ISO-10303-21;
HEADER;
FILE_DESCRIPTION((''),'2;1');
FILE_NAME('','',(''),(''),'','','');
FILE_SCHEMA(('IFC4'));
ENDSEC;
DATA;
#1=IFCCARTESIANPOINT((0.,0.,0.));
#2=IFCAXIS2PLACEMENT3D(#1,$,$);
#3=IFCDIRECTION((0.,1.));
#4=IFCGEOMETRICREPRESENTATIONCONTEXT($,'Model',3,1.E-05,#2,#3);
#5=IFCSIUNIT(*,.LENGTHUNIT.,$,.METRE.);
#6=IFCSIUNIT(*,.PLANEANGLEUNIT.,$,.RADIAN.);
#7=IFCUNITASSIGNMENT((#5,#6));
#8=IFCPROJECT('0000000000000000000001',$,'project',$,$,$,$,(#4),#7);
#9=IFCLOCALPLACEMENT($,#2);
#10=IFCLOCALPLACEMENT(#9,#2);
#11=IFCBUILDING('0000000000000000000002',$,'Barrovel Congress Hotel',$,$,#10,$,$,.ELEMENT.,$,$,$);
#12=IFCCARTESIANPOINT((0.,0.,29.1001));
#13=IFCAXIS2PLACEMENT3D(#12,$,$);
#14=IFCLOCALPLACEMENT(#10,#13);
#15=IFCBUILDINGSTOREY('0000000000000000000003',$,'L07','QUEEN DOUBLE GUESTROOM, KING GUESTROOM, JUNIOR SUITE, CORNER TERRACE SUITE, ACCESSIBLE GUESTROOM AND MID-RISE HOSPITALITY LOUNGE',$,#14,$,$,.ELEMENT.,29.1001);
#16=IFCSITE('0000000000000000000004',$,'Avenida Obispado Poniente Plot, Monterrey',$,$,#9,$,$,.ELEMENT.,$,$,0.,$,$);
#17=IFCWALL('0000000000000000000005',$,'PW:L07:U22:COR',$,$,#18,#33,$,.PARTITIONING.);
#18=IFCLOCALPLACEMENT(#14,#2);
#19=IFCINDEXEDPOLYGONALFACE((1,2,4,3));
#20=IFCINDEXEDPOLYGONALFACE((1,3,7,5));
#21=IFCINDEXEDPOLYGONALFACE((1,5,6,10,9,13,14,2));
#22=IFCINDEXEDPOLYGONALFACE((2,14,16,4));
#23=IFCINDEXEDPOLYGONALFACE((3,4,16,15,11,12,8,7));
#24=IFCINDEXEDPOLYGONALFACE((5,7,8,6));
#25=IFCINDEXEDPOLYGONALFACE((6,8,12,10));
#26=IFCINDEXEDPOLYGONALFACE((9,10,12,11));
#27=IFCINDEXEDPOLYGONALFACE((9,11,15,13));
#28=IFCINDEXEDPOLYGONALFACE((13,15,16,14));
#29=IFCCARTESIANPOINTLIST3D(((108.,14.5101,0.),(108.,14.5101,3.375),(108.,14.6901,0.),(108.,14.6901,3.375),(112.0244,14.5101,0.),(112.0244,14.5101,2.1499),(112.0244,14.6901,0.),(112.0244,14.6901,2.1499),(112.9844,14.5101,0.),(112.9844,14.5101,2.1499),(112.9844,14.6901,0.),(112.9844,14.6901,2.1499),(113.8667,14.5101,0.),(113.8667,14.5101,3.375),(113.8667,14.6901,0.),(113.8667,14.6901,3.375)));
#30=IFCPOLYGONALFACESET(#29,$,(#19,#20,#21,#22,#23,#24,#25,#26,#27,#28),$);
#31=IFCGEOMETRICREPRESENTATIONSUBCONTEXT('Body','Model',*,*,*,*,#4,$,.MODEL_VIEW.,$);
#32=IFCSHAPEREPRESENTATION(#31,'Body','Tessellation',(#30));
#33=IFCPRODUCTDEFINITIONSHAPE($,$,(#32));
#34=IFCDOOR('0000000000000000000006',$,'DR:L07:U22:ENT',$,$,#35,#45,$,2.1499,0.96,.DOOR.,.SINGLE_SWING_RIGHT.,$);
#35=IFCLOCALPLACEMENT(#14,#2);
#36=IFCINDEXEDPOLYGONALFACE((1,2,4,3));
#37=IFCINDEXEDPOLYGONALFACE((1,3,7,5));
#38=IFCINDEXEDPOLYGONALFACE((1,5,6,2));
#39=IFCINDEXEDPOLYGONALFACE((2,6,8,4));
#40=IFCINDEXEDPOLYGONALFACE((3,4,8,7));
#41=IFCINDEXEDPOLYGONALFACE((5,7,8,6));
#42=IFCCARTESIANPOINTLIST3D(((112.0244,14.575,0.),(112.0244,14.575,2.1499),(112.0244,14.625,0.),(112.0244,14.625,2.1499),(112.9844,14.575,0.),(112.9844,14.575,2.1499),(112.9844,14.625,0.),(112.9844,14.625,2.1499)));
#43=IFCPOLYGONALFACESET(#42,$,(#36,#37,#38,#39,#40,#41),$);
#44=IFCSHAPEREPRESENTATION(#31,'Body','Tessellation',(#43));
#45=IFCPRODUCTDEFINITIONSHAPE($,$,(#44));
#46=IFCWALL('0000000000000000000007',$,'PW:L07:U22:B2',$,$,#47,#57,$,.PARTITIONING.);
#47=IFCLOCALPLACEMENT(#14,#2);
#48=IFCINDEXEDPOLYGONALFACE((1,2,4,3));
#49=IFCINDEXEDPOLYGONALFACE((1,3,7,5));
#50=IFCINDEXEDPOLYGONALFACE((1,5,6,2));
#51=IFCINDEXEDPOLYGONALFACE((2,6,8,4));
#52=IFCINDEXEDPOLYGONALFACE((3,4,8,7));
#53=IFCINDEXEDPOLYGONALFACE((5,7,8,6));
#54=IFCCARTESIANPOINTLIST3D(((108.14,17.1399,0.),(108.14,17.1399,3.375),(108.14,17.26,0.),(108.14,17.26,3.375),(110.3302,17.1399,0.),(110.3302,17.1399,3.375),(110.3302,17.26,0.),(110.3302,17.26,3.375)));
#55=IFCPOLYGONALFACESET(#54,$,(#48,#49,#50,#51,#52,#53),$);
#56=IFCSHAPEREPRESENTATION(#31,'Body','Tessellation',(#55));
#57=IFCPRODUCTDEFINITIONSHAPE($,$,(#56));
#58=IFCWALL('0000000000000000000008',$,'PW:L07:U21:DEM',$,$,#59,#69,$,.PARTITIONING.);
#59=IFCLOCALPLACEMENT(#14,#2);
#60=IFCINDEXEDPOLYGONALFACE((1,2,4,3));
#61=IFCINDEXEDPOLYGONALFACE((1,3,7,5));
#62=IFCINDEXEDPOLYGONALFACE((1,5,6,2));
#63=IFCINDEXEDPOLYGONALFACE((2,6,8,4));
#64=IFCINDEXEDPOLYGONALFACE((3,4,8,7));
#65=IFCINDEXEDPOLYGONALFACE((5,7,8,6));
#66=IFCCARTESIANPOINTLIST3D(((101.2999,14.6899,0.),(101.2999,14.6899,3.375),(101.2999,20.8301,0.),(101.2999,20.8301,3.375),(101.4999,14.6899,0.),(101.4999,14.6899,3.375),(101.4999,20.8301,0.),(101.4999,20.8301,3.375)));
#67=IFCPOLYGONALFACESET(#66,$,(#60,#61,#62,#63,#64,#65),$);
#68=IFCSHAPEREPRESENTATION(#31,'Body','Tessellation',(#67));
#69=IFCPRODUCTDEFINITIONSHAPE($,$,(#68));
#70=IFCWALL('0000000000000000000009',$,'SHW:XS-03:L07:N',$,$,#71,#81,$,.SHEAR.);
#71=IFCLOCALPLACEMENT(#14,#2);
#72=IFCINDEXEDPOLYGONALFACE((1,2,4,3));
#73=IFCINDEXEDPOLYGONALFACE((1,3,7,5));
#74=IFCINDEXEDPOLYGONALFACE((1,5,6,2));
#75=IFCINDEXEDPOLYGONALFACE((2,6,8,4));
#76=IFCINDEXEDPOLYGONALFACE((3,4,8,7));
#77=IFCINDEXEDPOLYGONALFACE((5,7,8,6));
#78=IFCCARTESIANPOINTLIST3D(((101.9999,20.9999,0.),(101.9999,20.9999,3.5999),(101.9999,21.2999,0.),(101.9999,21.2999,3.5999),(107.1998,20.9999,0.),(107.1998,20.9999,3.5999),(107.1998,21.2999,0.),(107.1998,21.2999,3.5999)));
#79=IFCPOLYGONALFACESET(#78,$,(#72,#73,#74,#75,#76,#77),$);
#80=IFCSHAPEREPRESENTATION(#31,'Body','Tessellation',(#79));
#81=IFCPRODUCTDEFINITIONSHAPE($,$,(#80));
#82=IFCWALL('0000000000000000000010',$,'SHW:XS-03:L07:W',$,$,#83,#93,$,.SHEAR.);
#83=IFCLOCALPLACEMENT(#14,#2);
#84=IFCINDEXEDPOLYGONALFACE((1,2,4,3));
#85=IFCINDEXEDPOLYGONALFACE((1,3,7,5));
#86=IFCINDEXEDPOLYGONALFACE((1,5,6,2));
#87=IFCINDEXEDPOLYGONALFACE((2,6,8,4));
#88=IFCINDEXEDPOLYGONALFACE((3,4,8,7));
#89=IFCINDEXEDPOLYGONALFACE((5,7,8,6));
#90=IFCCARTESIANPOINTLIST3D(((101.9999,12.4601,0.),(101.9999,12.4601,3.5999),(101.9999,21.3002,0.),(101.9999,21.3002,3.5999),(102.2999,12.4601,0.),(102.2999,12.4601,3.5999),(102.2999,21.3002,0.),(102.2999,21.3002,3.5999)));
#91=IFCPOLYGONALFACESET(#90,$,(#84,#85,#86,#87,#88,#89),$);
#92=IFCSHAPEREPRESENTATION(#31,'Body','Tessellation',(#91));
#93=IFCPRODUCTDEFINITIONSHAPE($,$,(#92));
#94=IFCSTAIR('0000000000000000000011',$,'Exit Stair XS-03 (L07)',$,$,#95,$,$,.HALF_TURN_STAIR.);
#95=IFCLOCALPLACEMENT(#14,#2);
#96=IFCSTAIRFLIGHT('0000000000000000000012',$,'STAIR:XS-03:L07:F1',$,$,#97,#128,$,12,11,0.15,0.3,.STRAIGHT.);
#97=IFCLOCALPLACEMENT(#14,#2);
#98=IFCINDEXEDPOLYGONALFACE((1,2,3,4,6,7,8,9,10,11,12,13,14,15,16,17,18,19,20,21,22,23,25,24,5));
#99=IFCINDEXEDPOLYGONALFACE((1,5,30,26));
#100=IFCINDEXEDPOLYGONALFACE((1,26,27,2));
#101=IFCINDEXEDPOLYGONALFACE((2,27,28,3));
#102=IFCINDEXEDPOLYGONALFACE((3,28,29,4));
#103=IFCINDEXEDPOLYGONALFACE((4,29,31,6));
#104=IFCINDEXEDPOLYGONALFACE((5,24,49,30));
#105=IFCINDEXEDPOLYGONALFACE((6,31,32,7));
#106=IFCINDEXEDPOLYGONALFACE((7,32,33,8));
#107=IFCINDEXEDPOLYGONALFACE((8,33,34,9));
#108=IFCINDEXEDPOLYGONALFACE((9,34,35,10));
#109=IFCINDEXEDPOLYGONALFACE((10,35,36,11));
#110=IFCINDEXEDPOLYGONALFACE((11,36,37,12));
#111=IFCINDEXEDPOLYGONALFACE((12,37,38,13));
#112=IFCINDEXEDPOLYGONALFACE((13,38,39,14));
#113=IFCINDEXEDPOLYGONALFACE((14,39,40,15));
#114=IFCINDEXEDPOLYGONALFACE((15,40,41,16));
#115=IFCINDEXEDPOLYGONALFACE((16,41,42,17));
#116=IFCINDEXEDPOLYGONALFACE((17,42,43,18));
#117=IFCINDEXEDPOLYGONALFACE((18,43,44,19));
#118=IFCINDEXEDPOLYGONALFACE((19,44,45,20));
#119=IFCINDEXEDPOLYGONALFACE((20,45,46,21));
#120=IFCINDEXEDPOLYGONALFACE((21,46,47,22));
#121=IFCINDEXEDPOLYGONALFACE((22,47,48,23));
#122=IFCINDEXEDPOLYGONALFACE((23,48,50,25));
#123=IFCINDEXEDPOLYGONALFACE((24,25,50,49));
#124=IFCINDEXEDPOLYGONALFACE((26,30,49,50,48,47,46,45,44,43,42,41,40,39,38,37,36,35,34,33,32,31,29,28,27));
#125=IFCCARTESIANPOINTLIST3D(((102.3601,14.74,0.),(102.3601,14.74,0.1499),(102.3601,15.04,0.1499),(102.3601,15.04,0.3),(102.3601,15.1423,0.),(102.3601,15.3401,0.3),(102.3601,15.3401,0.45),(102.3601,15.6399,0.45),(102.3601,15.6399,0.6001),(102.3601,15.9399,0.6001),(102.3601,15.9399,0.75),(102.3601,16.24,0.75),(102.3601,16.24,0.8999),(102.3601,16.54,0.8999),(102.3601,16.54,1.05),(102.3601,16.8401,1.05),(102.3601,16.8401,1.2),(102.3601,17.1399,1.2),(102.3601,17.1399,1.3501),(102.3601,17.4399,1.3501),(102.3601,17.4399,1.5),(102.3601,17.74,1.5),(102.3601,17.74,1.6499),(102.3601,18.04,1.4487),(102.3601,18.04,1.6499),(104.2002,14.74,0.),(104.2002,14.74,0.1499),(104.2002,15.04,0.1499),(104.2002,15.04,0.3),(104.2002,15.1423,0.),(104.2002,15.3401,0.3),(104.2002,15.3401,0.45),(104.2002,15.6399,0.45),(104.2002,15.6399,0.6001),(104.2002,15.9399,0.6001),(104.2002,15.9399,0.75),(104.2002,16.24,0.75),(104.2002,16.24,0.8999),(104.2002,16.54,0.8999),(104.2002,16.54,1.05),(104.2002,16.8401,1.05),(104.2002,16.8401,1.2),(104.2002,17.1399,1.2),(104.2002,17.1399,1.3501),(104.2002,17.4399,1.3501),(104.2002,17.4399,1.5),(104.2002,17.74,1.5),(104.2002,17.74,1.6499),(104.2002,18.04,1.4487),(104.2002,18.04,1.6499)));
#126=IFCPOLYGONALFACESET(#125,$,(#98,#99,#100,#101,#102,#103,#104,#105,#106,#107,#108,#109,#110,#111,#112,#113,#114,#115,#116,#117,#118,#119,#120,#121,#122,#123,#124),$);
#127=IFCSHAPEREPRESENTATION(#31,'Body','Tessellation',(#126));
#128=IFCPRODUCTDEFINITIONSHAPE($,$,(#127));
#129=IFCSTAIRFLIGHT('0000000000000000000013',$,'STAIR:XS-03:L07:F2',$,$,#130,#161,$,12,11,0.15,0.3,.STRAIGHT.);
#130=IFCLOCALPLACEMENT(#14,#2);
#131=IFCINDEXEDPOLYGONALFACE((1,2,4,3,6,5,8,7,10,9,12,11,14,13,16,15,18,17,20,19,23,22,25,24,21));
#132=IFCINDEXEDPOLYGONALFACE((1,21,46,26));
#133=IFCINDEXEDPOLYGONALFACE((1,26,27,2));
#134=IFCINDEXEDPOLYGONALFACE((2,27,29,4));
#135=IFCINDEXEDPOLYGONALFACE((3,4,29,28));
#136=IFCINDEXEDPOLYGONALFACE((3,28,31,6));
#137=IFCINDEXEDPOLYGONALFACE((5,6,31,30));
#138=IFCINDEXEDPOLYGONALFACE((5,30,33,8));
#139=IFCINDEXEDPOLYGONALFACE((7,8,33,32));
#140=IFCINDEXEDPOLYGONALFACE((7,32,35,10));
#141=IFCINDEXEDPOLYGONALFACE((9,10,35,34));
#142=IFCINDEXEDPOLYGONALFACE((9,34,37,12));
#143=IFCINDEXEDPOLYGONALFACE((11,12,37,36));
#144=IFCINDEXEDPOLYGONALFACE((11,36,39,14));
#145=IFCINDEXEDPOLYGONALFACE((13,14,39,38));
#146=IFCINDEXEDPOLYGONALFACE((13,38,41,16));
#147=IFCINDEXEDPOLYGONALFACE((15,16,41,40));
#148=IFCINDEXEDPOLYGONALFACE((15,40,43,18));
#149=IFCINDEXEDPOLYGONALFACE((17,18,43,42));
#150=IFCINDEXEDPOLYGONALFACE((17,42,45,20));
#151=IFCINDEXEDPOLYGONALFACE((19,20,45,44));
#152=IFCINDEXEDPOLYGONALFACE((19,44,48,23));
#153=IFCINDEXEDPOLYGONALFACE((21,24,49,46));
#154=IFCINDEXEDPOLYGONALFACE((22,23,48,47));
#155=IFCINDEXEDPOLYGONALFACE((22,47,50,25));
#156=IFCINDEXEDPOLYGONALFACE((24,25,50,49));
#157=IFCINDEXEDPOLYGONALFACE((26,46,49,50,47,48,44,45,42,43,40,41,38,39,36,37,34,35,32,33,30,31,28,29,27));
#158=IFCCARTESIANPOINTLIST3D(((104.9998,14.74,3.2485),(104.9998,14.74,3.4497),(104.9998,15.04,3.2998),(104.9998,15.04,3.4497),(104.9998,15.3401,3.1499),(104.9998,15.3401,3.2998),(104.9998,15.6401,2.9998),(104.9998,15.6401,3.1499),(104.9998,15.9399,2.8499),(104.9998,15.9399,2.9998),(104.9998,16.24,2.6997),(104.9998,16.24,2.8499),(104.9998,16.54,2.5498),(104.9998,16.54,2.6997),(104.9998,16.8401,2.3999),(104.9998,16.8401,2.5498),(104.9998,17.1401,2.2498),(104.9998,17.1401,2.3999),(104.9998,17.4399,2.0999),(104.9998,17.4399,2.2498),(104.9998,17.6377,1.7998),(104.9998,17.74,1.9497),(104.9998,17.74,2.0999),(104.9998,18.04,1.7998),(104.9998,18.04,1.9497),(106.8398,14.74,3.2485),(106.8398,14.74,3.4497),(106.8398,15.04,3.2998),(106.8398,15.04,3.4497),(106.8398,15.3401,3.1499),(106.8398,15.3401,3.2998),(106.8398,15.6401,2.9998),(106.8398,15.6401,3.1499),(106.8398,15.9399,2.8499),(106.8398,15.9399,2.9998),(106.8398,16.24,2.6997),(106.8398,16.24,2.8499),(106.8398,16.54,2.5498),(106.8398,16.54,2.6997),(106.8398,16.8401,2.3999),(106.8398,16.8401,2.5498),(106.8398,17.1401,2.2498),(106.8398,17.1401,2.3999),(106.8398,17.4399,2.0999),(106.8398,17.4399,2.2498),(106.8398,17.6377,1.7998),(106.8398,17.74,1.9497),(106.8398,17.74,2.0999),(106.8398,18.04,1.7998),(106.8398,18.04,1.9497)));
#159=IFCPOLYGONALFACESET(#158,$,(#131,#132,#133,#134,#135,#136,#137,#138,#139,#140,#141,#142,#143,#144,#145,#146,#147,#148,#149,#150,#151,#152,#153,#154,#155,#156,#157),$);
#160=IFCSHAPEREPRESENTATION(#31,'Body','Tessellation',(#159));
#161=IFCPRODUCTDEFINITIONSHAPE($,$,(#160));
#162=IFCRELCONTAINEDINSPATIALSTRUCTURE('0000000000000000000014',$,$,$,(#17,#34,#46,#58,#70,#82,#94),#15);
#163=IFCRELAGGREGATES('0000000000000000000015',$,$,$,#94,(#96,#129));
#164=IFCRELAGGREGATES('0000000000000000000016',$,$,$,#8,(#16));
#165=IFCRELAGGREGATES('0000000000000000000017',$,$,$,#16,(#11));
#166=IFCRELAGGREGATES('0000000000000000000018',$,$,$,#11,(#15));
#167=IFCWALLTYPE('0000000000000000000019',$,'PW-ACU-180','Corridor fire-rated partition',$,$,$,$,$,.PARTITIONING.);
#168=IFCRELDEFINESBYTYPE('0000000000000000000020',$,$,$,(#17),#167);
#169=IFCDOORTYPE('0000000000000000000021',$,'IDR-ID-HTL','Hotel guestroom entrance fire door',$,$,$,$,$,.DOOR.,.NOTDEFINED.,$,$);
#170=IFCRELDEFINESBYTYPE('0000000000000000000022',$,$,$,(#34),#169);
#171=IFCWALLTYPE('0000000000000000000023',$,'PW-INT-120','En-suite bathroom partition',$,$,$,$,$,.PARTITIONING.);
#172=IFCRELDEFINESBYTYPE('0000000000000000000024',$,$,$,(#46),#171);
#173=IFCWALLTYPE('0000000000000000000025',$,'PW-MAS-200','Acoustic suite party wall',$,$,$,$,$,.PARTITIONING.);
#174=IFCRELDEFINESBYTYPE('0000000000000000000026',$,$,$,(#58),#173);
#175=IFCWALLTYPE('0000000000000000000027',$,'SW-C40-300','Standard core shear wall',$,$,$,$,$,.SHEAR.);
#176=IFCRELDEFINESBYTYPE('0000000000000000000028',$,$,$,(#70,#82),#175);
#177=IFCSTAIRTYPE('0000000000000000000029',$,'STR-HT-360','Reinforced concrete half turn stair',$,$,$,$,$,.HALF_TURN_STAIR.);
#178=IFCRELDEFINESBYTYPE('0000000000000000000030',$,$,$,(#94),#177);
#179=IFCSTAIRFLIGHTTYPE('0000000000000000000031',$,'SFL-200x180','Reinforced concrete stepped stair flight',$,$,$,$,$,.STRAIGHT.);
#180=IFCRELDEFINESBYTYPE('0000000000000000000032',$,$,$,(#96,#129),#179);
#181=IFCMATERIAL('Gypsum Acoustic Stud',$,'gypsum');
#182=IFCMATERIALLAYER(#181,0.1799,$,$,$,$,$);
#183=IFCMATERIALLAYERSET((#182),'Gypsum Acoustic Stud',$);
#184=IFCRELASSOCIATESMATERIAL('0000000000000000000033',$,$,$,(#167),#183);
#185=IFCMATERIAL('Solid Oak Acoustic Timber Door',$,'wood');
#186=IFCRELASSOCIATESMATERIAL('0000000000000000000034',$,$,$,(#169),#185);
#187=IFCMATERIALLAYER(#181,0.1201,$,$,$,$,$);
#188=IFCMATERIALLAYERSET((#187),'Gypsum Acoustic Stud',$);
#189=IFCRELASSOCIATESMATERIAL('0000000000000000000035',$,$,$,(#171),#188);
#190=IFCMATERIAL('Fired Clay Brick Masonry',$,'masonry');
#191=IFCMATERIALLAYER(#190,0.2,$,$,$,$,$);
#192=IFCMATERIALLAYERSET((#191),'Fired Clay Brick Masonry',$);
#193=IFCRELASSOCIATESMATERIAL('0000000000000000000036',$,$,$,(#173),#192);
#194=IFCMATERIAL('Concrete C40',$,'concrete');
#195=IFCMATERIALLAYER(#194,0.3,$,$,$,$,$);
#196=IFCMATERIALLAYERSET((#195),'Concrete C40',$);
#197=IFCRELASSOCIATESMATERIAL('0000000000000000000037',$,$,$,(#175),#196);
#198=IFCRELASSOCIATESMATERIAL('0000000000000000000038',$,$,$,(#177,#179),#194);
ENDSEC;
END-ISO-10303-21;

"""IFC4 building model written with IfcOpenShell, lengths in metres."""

from ifc_helpers import new_model, si_unit, direction, frame, frame_2d, origin, place, context, subcontext, project, spatial, polyline, rectangle, outline, extrude, material, layer, layer_set, type_object, element, fill, aggregate, save


model = new_model("IFC4")

# Units and contexts
model_context = context("Model", 3, precision=1e-05, world=origin(), true_north=direction((0.0, 1.0)))
body_context = subcontext(model_context, "Body", "Model", "MODEL_VIEW")
ifc_project = project(units=[si_unit("LENGTHUNIT", "METRE"), si_unit("PLANEANGLEUNIT", "RADIAN")], contexts=[model_context])

# Site, building, storey
site_placement = place(None, origin())
site = spatial("IfcSite", under=ifc_project, at=site_placement, Name="Avenida Obispado Poniente Plot, Monterrey", CompositionType="ELEMENT", RefElevation=0.0)
building_placement = place(site_placement, origin())
building = spatial("IfcBuilding", under=site, at=building_placement, Name="Barrovel Congress Hotel", CompositionType="ELEMENT")
storey_placement = place(building_placement, frame((0.0, 0.0, 29.1001)))
storey = spatial("IfcBuildingStorey", under=building, at=storey_placement, Name="L07", Description="QUEEN DOUBLE GUESTROOM, KING GUESTROOM, JUNIOR SUITE, CORNER TERRACE SUITE, ACCESSIBLE GUESTROOM AND MID-RISE HOSPITALITY LOUNGE", CompositionType="ELEMENT", Elevation=29.1001)

# Shared definitions
ifc_material_1 = material(Name="Concrete C40", Category="concrete")

# Shared definitions
ifc_material_2 = material(Name="Fired Clay Brick Masonry", Category="masonry")

# Wall, opening, door
ifc_material_3 = material(Name="Gypsum Acoustic Stud", Category="gypsum")
ifc_layer_1 = layer(ifc_material_3, 0.1799)
ifc_layer_set_1 = layer_set([ifc_layer_1], Name="Gypsum Acoustic Stud")
wall_type_1 = type_object("IfcWallType", Name="PW-ACU-180", Description="Corridor fire-rated partition", PredefinedType="PARTITIONING", material=ifc_layer_set_1)
wall_1_placement = place(storey_placement, frame((108.0, 14.6001, 0.0), z_axis=(0.0, 0.0, 1.0), x_axis=(1.0, 0.0, 0.0)))
wall_1 = element("IfcWall", 1, at=wall_1_placement, inside=storey, type_object=wall_type_1, Name="PW:L07:U22:COR", PredefinedType="PARTITIONING", context=body_context, shape_type="SweptSolid", body=[
    extrude(rectangle(XDim=5.8667, YDim=0.1799, at=frame_2d((2.9333, 0.0))), origin(), (0.0, 0.0, 1.0), 3.375),
])
opening_1_placement = place(wall_1_placement, frame((4.0244, 0.0, 0.0)))
opening_1 = element("IfcOpeningElement", 2, at=opening_1_placement, cuts=wall_1, PredefinedType="OPENING", context=body_context, shape_type="SweptSolid", body=[
    extrude(rectangle(XDim=0.96, YDim=2.1499, at=frame_2d((0.48, 1.075))), frame((0.0, 0.1001, 0.0), z_axis=(0.0, -1.0, 0.0), x_axis=(1.0, 0.0, 0.0)), (0.0, 0.0, 1.0), 0.2),
])
ifc_material_4 = material(Name="Solid Oak Acoustic Timber Door", Category="wood")
door_type = type_object("IfcDoorType", Name="IDR-ID-HTL", Description="Hotel guestroom entrance fire door", OperationType="NOTDEFINED", PredefinedType="DOOR", material=ifc_material_4)
door_placement = place(opening_1_placement, origin())
door = element("IfcDoor", 3, at=door_placement, inside=storey, type_object=door_type, Name="DR:L07:U22:ENT", OperationType="SINGLE_SWING_RIGHT", OverallHeight=2.1499, OverallWidth=0.96, PredefinedType="DOOR", context=body_context, shape_type="SweptSolid", body=[
    extrude(rectangle(XDim=0.96, YDim=2.1499, at=frame_2d((0.48, 1.075))), frame((0.0, 0.0249, 0.0), z_axis=(0.0, -1.0, 0.0), x_axis=(1.0, 0.0, 0.0)), (0.0, 0.0, 1.0), 0.05),
])
fill(opening_1, door)

# Walls
ifc_layer_2 = layer(ifc_material_3, 0.1201)
ifc_layer_set_2 = layer_set([ifc_layer_2], Name="Gypsum Acoustic Stud")
wall_type_2 = type_object("IfcWallType", Name="PW-INT-120", Description="En-suite bathroom partition", PredefinedType="PARTITIONING", material=ifc_layer_set_2)
wall_2_placement = place(storey_placement, frame((108.1399, 17.2, 0.0), z_axis=(0.0, 0.0, 1.0), x_axis=(1.0, 0.0, 0.0)))
element("IfcWall", 4, at=wall_2_placement, inside=storey, type_object=wall_type_2, Name="PW:L07:U22:B2", PredefinedType="PARTITIONING", context=body_context, shape_type="SweptSolid", body=[
    extrude(rectangle(XDim=2.1902, YDim=0.1201, at=frame_2d((1.0952, 0.0))), origin(), (0.0, 0.0, 1.0), 3.375),
])
ifc_layer_3 = layer(ifc_material_2, 0.2)
ifc_layer_set_3 = layer_set([ifc_layer_3], Name="Fired Clay Brick Masonry")
wall_type_3 = type_object("IfcWallType", Name="PW-MAS-200", Description="Acoustic suite party wall", PredefinedType="PARTITIONING", material=ifc_layer_set_3)
wall_3_placement = place(storey_placement, frame((101.3999, 14.6899, 0.0), z_axis=(0.0, 0.0, 1.0), x_axis=(0.0, 1.0, 0.0)))
element("IfcWall", 5, at=wall_3_placement, inside=storey, type_object=wall_type_3, Name="PW:L07:U21:DEM", PredefinedType="PARTITIONING", context=body_context, shape_type="SweptSolid", body=[
    extrude(rectangle(XDim=6.1401, YDim=0.2, at=frame_2d((3.0701, 0.0))), origin(), (0.0, 0.0, 1.0), 3.375),
])
ifc_layer_4 = layer(ifc_material_1, 0.3)
ifc_layer_set_4 = layer_set([ifc_layer_4], Name="Concrete C40")
wall_type_4 = type_object("IfcWallType", Name="SW-C40-300", Description="Standard core shear wall", PredefinedType="SHEAR", material=ifc_layer_set_4)
wall_4_placement = place(storey_placement, frame((107.2, 21.1499, 0.0), z_axis=(0.0, 0.0, 1.0), x_axis=(-1.0, 0.0, 0.0)))
element("IfcWall", 6, at=wall_4_placement, inside=storey, type_object=wall_type_4, Name="SHW:XS-03:L07:N", PredefinedType="SHEAR", context=body_context, shape_type="SweptSolid", body=[
    extrude(rectangle(XDim=5.2, YDim=0.3, at=frame_2d((2.6001, 0.0))), origin(), (0.0, 0.0, 1.0), 3.5999),
])
wall_5_placement = place(storey_placement, frame((102.1499, 21.3, 0.0), z_axis=(0.0, 0.0, 1.0), x_axis=(0.0, -1.0, 0.0)))
element("IfcWall", 7, at=wall_5_placement, inside=storey, type_object=wall_type_4, Name="SHW:XS-03:L07:W", PredefinedType="SHEAR", context=body_context, shape_type="SweptSolid", body=[
    extrude(rectangle(XDim=8.8401, YDim=0.3, at=frame_2d((4.4199, 0.0))), origin(), (0.0, 0.0, 1.0), 3.5999),
])

# Stair, stair flights
stair_type = type_object("IfcStairType", Name="STR-HT-360", Description="Reinforced concrete half turn stair", PredefinedType="HALF_TURN_STAIR", material=ifc_material_1)
stair_placement = place(storey_placement, origin())
stair = element("IfcStair", 8, at=stair_placement, inside=storey, type_object=stair_type, Name="Exit Stair XS-03 (L07)", PredefinedType="HALF_TURN_STAIR")
stair_flight_type = type_object("IfcStairFlightType", Name="SFL-200x180", Description="Reinforced concrete stepped stair flight", PredefinedType="STRAIGHT", material=ifc_material_1)
stair_flight_1_placement = place(storey_placement, frame((103.28, 14.74, 0.0), z_axis=(0.0, 0.0, 1.0), x_axis=(0.0, 1.0, 0.0)))
stair_flight_1 = element("IfcStairFlight", 9, at=stair_flight_1_placement, type_object=stair_flight_type, Name="STAIR:XS-03:L07:F1", NumberOfRisers=12, NumberOfTreads=11, PredefinedType="STRAIGHT", RiserHeight=0.15, TreadLength=0.3, context=body_context, shape_type="SweptSolid", body=[
    extrude(outline(polyline([(0.0, 0.0), (0.0, 0.1499), (0.3, 0.1499), (0.3, 0.3), (0.6001, 0.3), (0.6001, 0.45), (0.8999, 0.45), (0.8999, 0.6001), (1.2, 0.6001), (1.2, 0.75), (1.5, 0.75), (1.5, 0.8999), (1.8, 0.8999), (1.8, 1.05), (2.1001, 1.05), (2.1001, 1.2), (2.3999, 1.2), (2.3999, 1.3501), (2.7, 1.3501), (2.7, 1.5), (3.0, 1.5), (3.0, 1.6499), (3.3, 1.6499), (3.3, 1.8), (3.3, 1.4487), (0.4023, 0.0), (0.0, 0.0)])), frame((0.0, 0.9199, 0.0), z_axis=(0.0, -1.0, 0.0), x_axis=(1.0, 0.0, 0.0)), (0.0, 0.0, 1.0), 1.8401),
])
stair_flight_2_placement = place(storey_placement, frame((105.9199, 18.04, 1.7998), z_axis=(0.0, 0.0, 1.0), x_axis=(0.0, -1.0, 0.0)))
stair_flight_2 = element("IfcStairFlight", 10, at=stair_flight_2_placement, type_object=stair_flight_type, Name="STAIR:XS-03:L07:F2", NumberOfRisers=12, NumberOfTreads=11, PredefinedType="STRAIGHT", RiserHeight=0.15, TreadLength=0.3, context=body_context, shape_type="SweptSolid", body=[
    extrude(outline(polyline([(0.0, 0.0), (0.0, 0.1499), (0.3, 0.1499), (0.3, 0.3), (0.6001, 0.3), (0.6001, 0.45), (0.8999, 0.45), (0.8999, 0.6001), (1.2, 0.6001), (1.2, 0.75), (1.5, 0.75), (1.5, 0.8999), (1.8, 0.8999), (1.8, 1.05), (2.1001, 1.05), (2.1001, 1.2), (2.3999, 1.2), (2.3999, 1.3501), (2.7, 1.3501), (2.7, 1.5), (3.0, 1.5), (3.0, 1.6499), (3.3, 1.6499), (3.3, 1.8), (3.3, 1.4487), (0.4023, 0.0), (0.0, 0.0)])), frame((0.0, 0.9199, 0.0), z_axis=(0.0, -1.0, 0.0), x_axis=(1.0, 0.0, 0.0)), (0.0, 0.0, 1.0), 1.8401),
])
aggregate(stair, [stair_flight_1, stair_flight_2])

save(model, "model.ifc")
